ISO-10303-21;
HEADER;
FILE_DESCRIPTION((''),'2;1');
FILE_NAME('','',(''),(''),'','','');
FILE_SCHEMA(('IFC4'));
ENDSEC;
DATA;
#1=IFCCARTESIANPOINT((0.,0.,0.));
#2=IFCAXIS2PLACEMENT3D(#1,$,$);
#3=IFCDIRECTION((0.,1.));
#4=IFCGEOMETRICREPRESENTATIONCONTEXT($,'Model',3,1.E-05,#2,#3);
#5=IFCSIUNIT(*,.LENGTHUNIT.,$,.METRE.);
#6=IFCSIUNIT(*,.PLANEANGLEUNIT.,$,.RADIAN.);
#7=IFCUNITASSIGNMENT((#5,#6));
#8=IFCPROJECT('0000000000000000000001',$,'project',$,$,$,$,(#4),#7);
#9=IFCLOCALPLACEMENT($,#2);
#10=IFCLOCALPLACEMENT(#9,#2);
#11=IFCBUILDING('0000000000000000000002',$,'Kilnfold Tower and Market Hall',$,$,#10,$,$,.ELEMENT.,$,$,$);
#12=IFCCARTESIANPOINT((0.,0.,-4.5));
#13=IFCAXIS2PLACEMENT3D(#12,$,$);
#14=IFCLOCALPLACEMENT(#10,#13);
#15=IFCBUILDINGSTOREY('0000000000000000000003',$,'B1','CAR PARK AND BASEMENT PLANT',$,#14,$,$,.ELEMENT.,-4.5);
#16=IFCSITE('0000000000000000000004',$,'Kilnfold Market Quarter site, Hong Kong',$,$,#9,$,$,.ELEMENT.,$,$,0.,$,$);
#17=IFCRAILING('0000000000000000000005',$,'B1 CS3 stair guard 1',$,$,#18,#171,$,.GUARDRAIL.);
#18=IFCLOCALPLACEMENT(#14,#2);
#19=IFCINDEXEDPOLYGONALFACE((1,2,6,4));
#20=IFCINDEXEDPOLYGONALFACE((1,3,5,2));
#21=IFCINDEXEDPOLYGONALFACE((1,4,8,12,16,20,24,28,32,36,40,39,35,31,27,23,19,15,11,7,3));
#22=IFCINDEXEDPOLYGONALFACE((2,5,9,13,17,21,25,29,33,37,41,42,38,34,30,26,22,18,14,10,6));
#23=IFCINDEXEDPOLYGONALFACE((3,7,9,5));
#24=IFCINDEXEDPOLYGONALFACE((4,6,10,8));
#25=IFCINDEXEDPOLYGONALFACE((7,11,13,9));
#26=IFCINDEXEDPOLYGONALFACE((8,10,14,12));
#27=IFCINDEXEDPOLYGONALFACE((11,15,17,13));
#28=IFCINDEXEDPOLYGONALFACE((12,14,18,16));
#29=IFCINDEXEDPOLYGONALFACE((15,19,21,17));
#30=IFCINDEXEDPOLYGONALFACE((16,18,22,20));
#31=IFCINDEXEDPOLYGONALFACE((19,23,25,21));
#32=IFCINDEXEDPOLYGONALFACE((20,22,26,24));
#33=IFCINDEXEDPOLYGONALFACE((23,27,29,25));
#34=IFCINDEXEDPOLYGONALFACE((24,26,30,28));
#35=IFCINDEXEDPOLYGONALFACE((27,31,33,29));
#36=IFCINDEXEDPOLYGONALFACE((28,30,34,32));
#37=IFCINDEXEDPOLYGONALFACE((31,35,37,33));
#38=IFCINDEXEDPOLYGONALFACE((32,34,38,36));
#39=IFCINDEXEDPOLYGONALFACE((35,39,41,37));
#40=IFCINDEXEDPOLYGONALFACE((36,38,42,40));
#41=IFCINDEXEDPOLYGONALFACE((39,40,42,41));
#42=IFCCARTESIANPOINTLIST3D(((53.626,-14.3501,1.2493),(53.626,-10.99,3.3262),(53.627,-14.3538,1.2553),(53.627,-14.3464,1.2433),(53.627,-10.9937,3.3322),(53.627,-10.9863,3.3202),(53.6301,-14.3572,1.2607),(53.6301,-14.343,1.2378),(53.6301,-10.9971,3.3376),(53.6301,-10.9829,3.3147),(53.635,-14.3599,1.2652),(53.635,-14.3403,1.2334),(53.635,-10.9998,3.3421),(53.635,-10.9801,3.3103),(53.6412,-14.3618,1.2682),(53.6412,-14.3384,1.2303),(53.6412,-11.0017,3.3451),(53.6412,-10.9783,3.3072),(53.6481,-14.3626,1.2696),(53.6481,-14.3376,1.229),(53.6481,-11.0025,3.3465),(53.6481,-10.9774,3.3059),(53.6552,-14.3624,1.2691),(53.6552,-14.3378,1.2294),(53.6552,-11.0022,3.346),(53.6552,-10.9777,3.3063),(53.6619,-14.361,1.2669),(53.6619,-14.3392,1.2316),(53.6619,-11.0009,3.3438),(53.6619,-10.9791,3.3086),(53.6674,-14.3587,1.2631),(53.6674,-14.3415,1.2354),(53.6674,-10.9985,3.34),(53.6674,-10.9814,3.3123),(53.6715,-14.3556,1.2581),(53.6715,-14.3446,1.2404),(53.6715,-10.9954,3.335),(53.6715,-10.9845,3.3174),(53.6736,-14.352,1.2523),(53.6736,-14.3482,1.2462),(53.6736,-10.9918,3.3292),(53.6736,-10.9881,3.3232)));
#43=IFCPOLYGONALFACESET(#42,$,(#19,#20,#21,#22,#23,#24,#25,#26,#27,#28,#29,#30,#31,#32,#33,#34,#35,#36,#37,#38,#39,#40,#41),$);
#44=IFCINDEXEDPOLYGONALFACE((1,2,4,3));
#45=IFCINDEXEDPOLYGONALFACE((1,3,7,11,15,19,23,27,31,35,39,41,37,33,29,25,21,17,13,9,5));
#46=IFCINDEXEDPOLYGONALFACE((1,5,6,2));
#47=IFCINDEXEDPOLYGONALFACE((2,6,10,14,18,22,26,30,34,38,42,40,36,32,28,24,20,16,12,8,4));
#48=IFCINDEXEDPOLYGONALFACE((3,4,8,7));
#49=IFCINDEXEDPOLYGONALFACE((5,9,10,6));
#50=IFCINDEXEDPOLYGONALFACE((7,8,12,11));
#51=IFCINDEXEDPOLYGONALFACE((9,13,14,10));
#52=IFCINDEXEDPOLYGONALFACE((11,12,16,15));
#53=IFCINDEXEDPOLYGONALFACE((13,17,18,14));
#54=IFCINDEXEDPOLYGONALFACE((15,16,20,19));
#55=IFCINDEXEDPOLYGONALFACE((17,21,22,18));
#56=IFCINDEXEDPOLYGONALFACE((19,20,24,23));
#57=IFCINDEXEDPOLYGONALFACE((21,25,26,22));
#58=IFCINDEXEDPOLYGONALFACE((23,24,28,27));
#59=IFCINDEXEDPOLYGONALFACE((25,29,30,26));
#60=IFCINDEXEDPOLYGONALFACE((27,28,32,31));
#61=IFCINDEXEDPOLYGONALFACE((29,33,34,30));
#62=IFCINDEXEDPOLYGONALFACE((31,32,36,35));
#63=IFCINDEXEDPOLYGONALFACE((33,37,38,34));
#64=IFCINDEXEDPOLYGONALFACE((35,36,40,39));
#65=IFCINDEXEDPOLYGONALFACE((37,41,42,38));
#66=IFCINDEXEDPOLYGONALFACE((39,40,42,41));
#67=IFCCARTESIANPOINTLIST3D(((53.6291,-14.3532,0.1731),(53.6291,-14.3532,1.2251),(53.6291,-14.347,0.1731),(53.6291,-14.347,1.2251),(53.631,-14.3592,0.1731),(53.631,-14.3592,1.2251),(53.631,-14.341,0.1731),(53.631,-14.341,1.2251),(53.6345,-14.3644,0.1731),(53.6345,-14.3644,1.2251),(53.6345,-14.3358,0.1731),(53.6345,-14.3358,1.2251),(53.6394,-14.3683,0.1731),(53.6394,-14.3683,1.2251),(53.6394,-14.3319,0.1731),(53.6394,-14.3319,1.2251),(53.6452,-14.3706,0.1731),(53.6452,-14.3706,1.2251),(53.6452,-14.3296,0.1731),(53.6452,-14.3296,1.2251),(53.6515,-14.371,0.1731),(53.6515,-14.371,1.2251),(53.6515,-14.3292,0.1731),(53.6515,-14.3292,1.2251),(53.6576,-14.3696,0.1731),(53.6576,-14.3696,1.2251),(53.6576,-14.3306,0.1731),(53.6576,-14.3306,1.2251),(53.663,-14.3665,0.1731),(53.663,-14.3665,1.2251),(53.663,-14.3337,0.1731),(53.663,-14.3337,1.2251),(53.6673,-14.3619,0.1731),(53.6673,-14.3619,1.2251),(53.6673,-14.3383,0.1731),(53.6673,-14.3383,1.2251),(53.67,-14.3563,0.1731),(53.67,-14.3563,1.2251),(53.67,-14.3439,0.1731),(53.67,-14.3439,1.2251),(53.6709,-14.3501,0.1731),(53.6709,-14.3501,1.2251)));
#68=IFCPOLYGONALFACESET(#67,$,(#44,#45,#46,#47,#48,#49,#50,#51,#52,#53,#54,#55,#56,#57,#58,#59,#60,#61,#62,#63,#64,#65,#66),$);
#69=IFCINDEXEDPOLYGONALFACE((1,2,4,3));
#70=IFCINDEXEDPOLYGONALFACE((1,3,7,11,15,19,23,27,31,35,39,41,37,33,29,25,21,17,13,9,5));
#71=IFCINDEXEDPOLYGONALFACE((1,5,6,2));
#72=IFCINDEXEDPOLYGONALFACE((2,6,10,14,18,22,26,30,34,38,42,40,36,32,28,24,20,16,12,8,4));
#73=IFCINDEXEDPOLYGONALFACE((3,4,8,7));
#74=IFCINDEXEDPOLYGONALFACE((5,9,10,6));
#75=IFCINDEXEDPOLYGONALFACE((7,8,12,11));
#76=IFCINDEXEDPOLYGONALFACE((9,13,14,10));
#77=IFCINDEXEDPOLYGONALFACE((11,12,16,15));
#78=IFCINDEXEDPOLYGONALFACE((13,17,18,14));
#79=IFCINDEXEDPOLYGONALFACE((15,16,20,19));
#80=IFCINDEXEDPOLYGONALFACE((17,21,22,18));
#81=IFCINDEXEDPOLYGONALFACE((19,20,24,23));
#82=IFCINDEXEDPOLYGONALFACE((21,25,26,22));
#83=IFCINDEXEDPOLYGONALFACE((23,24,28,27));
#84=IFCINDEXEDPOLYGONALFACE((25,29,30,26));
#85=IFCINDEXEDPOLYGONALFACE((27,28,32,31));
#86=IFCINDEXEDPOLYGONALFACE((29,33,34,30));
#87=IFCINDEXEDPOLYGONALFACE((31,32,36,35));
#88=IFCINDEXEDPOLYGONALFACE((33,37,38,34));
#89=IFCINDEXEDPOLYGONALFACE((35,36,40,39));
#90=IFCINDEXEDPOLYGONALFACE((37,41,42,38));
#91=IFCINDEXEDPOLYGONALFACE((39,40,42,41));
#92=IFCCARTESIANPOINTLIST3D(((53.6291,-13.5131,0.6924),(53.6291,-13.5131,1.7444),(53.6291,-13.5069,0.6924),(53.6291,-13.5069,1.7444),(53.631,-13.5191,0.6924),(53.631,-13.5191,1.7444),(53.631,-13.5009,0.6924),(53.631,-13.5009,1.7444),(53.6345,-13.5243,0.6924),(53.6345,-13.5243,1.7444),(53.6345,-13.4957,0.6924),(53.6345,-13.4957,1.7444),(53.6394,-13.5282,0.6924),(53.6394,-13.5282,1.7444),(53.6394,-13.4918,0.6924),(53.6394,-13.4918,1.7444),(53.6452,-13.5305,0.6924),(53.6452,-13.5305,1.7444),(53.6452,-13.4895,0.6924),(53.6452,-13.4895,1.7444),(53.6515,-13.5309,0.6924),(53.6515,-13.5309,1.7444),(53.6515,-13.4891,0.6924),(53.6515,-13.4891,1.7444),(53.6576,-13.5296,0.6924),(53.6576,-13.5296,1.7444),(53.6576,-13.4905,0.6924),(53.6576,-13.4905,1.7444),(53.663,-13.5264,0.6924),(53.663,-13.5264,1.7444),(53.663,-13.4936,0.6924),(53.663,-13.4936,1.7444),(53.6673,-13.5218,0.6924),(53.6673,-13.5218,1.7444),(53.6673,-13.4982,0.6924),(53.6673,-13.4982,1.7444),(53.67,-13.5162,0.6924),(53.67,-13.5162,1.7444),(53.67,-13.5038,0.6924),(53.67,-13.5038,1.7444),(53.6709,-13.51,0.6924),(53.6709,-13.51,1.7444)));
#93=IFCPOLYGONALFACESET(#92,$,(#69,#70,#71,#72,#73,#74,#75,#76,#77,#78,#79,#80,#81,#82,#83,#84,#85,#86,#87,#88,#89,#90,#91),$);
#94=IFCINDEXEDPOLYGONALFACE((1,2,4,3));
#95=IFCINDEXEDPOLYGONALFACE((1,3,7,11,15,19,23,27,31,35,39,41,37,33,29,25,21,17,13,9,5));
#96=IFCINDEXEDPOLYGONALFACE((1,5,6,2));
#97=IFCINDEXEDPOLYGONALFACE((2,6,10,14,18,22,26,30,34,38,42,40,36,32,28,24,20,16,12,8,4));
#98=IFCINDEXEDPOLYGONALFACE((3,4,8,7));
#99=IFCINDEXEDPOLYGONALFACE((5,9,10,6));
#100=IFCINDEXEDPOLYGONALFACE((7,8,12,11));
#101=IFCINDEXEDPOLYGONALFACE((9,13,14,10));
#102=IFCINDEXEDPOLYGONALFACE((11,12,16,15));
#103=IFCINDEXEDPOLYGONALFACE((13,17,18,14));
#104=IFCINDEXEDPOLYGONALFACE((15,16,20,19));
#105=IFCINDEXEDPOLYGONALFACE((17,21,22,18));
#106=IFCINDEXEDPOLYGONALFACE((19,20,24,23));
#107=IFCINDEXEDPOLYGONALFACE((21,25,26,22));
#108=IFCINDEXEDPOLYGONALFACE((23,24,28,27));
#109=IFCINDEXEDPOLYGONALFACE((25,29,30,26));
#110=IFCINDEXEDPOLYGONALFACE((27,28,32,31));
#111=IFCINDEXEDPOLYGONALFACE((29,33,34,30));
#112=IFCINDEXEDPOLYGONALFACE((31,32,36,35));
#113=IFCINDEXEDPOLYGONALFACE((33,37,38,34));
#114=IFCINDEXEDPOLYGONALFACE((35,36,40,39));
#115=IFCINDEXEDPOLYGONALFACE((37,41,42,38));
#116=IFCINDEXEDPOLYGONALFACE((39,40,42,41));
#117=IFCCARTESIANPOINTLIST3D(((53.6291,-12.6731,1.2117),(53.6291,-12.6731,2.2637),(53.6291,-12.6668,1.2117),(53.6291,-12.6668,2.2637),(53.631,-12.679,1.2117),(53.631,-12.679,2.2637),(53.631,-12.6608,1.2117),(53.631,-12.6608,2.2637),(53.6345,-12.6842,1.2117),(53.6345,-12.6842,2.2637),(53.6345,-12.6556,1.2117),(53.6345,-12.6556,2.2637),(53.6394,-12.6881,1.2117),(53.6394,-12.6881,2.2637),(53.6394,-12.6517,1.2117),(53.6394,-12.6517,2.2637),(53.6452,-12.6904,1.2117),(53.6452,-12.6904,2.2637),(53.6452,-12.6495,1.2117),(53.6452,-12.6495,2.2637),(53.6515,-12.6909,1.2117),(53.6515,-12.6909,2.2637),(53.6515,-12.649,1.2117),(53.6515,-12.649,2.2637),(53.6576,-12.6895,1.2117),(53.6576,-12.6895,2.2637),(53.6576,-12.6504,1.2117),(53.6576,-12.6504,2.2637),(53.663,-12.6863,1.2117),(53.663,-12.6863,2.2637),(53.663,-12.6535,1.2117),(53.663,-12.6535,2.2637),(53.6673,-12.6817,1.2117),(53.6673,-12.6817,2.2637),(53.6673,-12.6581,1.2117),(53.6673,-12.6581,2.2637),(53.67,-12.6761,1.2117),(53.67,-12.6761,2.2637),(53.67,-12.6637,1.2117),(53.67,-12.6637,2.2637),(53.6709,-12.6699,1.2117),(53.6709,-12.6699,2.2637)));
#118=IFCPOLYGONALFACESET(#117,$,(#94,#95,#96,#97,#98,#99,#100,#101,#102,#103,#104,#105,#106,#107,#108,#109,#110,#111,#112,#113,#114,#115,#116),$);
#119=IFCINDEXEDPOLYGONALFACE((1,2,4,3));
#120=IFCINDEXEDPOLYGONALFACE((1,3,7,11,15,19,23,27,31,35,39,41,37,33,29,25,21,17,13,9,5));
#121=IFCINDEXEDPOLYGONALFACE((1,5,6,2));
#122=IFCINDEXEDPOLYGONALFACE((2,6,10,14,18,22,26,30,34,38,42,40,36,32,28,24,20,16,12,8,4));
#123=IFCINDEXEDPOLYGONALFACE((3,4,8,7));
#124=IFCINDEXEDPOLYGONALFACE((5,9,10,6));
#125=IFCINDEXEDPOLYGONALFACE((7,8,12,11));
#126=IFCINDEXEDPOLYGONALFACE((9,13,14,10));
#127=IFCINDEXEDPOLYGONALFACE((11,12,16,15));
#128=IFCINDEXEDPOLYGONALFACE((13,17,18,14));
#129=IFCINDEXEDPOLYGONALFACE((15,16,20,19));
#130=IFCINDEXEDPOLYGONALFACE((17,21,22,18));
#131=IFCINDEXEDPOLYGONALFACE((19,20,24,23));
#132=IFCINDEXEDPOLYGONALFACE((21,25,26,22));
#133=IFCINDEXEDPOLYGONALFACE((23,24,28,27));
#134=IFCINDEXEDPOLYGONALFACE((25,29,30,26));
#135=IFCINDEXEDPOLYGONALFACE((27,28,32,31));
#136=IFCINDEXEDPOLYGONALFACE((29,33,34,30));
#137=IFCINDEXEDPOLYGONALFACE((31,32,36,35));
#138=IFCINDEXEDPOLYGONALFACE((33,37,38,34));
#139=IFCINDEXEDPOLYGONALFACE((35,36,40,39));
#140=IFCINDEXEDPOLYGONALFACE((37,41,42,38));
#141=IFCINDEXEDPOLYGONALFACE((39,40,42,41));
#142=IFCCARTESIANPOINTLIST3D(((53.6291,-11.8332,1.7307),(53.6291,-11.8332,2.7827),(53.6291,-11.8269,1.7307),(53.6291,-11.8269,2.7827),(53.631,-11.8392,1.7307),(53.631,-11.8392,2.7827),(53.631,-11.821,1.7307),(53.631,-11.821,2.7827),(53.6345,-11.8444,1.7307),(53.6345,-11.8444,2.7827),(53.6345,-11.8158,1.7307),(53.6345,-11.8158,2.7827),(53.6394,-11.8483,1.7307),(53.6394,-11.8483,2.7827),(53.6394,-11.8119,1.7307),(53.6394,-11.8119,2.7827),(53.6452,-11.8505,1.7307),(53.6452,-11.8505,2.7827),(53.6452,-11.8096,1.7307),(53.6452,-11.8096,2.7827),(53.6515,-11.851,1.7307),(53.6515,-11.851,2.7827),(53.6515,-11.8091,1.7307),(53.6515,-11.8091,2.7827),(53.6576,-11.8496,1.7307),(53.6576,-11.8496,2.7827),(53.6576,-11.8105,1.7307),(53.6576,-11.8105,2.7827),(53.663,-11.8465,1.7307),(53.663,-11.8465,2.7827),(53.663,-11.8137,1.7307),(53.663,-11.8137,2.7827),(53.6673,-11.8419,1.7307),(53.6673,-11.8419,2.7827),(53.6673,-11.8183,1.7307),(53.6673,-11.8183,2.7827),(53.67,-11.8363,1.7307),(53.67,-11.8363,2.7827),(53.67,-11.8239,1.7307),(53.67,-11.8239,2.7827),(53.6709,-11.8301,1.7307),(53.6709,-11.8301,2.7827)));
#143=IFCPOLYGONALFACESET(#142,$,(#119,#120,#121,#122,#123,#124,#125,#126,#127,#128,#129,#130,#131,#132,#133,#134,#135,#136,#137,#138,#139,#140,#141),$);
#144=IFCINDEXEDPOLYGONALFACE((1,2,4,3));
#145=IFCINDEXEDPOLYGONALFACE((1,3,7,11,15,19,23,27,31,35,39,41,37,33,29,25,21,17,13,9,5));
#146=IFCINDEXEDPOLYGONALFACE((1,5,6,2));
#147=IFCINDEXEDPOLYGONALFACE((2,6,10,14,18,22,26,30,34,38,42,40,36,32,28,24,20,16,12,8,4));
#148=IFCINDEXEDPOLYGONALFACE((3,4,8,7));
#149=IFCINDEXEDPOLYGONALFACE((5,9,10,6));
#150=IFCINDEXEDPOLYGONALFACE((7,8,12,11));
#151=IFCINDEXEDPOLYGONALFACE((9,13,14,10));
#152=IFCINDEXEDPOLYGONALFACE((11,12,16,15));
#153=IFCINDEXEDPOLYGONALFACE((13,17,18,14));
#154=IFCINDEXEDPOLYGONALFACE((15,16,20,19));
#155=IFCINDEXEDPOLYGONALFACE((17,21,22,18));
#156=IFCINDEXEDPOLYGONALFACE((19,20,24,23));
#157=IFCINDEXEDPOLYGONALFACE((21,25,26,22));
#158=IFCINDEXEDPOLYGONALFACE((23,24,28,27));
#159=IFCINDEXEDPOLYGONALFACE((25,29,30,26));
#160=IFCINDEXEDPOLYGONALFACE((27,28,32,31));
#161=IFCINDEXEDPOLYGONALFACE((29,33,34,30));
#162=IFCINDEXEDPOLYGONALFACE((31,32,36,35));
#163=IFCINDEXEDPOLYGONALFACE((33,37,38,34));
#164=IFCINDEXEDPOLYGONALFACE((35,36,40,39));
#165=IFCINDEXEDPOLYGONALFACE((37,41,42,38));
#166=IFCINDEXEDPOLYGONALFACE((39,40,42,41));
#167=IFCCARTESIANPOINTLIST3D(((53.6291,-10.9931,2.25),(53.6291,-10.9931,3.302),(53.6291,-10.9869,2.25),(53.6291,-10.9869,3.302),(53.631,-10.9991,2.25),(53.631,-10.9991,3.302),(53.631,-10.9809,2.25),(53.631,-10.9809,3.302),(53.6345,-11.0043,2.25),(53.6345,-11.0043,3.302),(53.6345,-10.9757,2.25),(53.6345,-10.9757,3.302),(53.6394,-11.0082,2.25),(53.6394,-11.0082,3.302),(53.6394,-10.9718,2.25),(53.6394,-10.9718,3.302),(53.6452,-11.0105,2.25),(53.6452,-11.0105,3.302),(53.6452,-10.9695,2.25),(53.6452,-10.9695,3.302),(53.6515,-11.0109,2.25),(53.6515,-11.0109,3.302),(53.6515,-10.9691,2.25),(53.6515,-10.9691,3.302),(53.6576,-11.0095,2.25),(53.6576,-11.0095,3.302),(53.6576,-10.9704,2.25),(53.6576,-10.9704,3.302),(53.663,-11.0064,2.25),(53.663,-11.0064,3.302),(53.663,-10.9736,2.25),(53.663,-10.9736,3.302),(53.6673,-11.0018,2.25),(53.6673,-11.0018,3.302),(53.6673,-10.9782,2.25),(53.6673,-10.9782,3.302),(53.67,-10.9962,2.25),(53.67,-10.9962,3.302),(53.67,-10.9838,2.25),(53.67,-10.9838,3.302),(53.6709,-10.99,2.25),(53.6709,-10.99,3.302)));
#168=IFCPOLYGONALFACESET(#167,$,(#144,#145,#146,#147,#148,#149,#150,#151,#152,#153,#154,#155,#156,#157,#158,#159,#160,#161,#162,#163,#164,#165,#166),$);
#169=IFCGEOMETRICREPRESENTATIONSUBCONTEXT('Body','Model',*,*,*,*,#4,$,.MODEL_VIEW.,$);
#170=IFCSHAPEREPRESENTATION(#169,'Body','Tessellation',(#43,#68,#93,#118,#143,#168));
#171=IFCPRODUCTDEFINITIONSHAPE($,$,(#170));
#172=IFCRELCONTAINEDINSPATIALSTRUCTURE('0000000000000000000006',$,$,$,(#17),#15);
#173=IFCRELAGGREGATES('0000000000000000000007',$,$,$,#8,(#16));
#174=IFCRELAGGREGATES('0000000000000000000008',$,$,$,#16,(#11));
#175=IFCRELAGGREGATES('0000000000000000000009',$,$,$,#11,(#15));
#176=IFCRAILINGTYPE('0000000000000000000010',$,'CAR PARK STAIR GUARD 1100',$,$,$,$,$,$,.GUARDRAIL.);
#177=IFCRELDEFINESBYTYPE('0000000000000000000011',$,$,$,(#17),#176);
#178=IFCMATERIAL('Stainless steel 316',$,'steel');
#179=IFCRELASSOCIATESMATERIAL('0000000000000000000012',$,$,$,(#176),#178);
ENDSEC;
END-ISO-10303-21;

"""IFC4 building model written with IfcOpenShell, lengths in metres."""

from ifc_helpers import new_model, si_unit, direction, frame, origin, origin_2d, place, context, subcontext, project, spatial, circle, extrude, material, type_object, element, save


model = new_model("IFC4")

# Units and contexts
model_context = context("Model", 3, precision=1e-05, world=origin(), true_north=direction((0.0, 1.0)))
body_context = subcontext(model_context, "Body", "Model", "MODEL_VIEW")
ifc_project = project(units=[si_unit("LENGTHUNIT", "METRE"), si_unit("PLANEANGLEUNIT", "RADIAN")], contexts=[model_context])

# Site, building, storey
site_placement = place(None, origin())
site = spatial("IfcSite", under=ifc_project, at=site_placement, Name="Kilnfold Market Quarter site, Hong Kong", CompositionType="ELEMENT", RefElevation=0.0)
building_placement = place(site_placement, origin())
building = spatial("IfcBuilding", under=site, at=building_placement, Name="Kilnfold Tower and Market Hall", CompositionType="ELEMENT")
storey_placement = place(building_placement, frame((0.0, 0.0, -4.5)))
storey = spatial("IfcBuildingStorey", under=building, at=storey_placement, Name="B1", Description="CAR PARK AND BASEMENT PLANT", CompositionType="ELEMENT", Elevation=-4.5)

# Railing
ifc_material_1 = material(Name="Stainless steel 316", Category="steel")
railing_type_1 = type_object("IfcRailingType", Name="CAR PARK STAIR GUARD 1100", PredefinedType="GUARDRAIL", material=ifc_material_1)
railing_1_placement = place(storey_placement, frame((53.6499, -14.3501, 0.1731)))
element("IfcRailing", 1, at=railing_1_placement, inside=storey, type_object=railing_type_1, Name="B1 CS3 stair guard 1", PredefinedType="GUARDRAIL", context=body_context, shape_type="SweptSolid", body=[
    extrude(circle(Radius=0.0239, at=origin_2d()), frame((0.0, 0.0, 1.0762), z_axis=(0.0, 0.850623, 0.525776), x_axis=(-1.0, 0.0, 0.0)), (0.0, 0.0, 1.0), 3.9502),
    extrude(circle(Radius=0.021, at=origin_2d()), origin(), (0.0, 0.0, 1.0), 1.052),
    extrude(circle(Radius=0.021, at=origin_2d()), frame((0.0, 0.8401, 0.5193)), (0.0, 0.0, 1.0), 1.052),
    extrude(circle(Radius=0.021, at=origin_2d()), frame((0.0, 1.6802, 1.0386)), (0.0, 0.0, 1.0), 1.052),
    extrude(circle(Radius=0.021, at=origin_2d()), frame((0.0, 2.52, 1.5576)), (0.0, 0.0, 1.0), 1.052),
    extrude(circle(Radius=0.021, at=origin_2d()), frame((0.0, 3.3601, 2.0769)), (0.0, 0.0, 1.0), 1.052),
])

save(model, "model.ifc")
